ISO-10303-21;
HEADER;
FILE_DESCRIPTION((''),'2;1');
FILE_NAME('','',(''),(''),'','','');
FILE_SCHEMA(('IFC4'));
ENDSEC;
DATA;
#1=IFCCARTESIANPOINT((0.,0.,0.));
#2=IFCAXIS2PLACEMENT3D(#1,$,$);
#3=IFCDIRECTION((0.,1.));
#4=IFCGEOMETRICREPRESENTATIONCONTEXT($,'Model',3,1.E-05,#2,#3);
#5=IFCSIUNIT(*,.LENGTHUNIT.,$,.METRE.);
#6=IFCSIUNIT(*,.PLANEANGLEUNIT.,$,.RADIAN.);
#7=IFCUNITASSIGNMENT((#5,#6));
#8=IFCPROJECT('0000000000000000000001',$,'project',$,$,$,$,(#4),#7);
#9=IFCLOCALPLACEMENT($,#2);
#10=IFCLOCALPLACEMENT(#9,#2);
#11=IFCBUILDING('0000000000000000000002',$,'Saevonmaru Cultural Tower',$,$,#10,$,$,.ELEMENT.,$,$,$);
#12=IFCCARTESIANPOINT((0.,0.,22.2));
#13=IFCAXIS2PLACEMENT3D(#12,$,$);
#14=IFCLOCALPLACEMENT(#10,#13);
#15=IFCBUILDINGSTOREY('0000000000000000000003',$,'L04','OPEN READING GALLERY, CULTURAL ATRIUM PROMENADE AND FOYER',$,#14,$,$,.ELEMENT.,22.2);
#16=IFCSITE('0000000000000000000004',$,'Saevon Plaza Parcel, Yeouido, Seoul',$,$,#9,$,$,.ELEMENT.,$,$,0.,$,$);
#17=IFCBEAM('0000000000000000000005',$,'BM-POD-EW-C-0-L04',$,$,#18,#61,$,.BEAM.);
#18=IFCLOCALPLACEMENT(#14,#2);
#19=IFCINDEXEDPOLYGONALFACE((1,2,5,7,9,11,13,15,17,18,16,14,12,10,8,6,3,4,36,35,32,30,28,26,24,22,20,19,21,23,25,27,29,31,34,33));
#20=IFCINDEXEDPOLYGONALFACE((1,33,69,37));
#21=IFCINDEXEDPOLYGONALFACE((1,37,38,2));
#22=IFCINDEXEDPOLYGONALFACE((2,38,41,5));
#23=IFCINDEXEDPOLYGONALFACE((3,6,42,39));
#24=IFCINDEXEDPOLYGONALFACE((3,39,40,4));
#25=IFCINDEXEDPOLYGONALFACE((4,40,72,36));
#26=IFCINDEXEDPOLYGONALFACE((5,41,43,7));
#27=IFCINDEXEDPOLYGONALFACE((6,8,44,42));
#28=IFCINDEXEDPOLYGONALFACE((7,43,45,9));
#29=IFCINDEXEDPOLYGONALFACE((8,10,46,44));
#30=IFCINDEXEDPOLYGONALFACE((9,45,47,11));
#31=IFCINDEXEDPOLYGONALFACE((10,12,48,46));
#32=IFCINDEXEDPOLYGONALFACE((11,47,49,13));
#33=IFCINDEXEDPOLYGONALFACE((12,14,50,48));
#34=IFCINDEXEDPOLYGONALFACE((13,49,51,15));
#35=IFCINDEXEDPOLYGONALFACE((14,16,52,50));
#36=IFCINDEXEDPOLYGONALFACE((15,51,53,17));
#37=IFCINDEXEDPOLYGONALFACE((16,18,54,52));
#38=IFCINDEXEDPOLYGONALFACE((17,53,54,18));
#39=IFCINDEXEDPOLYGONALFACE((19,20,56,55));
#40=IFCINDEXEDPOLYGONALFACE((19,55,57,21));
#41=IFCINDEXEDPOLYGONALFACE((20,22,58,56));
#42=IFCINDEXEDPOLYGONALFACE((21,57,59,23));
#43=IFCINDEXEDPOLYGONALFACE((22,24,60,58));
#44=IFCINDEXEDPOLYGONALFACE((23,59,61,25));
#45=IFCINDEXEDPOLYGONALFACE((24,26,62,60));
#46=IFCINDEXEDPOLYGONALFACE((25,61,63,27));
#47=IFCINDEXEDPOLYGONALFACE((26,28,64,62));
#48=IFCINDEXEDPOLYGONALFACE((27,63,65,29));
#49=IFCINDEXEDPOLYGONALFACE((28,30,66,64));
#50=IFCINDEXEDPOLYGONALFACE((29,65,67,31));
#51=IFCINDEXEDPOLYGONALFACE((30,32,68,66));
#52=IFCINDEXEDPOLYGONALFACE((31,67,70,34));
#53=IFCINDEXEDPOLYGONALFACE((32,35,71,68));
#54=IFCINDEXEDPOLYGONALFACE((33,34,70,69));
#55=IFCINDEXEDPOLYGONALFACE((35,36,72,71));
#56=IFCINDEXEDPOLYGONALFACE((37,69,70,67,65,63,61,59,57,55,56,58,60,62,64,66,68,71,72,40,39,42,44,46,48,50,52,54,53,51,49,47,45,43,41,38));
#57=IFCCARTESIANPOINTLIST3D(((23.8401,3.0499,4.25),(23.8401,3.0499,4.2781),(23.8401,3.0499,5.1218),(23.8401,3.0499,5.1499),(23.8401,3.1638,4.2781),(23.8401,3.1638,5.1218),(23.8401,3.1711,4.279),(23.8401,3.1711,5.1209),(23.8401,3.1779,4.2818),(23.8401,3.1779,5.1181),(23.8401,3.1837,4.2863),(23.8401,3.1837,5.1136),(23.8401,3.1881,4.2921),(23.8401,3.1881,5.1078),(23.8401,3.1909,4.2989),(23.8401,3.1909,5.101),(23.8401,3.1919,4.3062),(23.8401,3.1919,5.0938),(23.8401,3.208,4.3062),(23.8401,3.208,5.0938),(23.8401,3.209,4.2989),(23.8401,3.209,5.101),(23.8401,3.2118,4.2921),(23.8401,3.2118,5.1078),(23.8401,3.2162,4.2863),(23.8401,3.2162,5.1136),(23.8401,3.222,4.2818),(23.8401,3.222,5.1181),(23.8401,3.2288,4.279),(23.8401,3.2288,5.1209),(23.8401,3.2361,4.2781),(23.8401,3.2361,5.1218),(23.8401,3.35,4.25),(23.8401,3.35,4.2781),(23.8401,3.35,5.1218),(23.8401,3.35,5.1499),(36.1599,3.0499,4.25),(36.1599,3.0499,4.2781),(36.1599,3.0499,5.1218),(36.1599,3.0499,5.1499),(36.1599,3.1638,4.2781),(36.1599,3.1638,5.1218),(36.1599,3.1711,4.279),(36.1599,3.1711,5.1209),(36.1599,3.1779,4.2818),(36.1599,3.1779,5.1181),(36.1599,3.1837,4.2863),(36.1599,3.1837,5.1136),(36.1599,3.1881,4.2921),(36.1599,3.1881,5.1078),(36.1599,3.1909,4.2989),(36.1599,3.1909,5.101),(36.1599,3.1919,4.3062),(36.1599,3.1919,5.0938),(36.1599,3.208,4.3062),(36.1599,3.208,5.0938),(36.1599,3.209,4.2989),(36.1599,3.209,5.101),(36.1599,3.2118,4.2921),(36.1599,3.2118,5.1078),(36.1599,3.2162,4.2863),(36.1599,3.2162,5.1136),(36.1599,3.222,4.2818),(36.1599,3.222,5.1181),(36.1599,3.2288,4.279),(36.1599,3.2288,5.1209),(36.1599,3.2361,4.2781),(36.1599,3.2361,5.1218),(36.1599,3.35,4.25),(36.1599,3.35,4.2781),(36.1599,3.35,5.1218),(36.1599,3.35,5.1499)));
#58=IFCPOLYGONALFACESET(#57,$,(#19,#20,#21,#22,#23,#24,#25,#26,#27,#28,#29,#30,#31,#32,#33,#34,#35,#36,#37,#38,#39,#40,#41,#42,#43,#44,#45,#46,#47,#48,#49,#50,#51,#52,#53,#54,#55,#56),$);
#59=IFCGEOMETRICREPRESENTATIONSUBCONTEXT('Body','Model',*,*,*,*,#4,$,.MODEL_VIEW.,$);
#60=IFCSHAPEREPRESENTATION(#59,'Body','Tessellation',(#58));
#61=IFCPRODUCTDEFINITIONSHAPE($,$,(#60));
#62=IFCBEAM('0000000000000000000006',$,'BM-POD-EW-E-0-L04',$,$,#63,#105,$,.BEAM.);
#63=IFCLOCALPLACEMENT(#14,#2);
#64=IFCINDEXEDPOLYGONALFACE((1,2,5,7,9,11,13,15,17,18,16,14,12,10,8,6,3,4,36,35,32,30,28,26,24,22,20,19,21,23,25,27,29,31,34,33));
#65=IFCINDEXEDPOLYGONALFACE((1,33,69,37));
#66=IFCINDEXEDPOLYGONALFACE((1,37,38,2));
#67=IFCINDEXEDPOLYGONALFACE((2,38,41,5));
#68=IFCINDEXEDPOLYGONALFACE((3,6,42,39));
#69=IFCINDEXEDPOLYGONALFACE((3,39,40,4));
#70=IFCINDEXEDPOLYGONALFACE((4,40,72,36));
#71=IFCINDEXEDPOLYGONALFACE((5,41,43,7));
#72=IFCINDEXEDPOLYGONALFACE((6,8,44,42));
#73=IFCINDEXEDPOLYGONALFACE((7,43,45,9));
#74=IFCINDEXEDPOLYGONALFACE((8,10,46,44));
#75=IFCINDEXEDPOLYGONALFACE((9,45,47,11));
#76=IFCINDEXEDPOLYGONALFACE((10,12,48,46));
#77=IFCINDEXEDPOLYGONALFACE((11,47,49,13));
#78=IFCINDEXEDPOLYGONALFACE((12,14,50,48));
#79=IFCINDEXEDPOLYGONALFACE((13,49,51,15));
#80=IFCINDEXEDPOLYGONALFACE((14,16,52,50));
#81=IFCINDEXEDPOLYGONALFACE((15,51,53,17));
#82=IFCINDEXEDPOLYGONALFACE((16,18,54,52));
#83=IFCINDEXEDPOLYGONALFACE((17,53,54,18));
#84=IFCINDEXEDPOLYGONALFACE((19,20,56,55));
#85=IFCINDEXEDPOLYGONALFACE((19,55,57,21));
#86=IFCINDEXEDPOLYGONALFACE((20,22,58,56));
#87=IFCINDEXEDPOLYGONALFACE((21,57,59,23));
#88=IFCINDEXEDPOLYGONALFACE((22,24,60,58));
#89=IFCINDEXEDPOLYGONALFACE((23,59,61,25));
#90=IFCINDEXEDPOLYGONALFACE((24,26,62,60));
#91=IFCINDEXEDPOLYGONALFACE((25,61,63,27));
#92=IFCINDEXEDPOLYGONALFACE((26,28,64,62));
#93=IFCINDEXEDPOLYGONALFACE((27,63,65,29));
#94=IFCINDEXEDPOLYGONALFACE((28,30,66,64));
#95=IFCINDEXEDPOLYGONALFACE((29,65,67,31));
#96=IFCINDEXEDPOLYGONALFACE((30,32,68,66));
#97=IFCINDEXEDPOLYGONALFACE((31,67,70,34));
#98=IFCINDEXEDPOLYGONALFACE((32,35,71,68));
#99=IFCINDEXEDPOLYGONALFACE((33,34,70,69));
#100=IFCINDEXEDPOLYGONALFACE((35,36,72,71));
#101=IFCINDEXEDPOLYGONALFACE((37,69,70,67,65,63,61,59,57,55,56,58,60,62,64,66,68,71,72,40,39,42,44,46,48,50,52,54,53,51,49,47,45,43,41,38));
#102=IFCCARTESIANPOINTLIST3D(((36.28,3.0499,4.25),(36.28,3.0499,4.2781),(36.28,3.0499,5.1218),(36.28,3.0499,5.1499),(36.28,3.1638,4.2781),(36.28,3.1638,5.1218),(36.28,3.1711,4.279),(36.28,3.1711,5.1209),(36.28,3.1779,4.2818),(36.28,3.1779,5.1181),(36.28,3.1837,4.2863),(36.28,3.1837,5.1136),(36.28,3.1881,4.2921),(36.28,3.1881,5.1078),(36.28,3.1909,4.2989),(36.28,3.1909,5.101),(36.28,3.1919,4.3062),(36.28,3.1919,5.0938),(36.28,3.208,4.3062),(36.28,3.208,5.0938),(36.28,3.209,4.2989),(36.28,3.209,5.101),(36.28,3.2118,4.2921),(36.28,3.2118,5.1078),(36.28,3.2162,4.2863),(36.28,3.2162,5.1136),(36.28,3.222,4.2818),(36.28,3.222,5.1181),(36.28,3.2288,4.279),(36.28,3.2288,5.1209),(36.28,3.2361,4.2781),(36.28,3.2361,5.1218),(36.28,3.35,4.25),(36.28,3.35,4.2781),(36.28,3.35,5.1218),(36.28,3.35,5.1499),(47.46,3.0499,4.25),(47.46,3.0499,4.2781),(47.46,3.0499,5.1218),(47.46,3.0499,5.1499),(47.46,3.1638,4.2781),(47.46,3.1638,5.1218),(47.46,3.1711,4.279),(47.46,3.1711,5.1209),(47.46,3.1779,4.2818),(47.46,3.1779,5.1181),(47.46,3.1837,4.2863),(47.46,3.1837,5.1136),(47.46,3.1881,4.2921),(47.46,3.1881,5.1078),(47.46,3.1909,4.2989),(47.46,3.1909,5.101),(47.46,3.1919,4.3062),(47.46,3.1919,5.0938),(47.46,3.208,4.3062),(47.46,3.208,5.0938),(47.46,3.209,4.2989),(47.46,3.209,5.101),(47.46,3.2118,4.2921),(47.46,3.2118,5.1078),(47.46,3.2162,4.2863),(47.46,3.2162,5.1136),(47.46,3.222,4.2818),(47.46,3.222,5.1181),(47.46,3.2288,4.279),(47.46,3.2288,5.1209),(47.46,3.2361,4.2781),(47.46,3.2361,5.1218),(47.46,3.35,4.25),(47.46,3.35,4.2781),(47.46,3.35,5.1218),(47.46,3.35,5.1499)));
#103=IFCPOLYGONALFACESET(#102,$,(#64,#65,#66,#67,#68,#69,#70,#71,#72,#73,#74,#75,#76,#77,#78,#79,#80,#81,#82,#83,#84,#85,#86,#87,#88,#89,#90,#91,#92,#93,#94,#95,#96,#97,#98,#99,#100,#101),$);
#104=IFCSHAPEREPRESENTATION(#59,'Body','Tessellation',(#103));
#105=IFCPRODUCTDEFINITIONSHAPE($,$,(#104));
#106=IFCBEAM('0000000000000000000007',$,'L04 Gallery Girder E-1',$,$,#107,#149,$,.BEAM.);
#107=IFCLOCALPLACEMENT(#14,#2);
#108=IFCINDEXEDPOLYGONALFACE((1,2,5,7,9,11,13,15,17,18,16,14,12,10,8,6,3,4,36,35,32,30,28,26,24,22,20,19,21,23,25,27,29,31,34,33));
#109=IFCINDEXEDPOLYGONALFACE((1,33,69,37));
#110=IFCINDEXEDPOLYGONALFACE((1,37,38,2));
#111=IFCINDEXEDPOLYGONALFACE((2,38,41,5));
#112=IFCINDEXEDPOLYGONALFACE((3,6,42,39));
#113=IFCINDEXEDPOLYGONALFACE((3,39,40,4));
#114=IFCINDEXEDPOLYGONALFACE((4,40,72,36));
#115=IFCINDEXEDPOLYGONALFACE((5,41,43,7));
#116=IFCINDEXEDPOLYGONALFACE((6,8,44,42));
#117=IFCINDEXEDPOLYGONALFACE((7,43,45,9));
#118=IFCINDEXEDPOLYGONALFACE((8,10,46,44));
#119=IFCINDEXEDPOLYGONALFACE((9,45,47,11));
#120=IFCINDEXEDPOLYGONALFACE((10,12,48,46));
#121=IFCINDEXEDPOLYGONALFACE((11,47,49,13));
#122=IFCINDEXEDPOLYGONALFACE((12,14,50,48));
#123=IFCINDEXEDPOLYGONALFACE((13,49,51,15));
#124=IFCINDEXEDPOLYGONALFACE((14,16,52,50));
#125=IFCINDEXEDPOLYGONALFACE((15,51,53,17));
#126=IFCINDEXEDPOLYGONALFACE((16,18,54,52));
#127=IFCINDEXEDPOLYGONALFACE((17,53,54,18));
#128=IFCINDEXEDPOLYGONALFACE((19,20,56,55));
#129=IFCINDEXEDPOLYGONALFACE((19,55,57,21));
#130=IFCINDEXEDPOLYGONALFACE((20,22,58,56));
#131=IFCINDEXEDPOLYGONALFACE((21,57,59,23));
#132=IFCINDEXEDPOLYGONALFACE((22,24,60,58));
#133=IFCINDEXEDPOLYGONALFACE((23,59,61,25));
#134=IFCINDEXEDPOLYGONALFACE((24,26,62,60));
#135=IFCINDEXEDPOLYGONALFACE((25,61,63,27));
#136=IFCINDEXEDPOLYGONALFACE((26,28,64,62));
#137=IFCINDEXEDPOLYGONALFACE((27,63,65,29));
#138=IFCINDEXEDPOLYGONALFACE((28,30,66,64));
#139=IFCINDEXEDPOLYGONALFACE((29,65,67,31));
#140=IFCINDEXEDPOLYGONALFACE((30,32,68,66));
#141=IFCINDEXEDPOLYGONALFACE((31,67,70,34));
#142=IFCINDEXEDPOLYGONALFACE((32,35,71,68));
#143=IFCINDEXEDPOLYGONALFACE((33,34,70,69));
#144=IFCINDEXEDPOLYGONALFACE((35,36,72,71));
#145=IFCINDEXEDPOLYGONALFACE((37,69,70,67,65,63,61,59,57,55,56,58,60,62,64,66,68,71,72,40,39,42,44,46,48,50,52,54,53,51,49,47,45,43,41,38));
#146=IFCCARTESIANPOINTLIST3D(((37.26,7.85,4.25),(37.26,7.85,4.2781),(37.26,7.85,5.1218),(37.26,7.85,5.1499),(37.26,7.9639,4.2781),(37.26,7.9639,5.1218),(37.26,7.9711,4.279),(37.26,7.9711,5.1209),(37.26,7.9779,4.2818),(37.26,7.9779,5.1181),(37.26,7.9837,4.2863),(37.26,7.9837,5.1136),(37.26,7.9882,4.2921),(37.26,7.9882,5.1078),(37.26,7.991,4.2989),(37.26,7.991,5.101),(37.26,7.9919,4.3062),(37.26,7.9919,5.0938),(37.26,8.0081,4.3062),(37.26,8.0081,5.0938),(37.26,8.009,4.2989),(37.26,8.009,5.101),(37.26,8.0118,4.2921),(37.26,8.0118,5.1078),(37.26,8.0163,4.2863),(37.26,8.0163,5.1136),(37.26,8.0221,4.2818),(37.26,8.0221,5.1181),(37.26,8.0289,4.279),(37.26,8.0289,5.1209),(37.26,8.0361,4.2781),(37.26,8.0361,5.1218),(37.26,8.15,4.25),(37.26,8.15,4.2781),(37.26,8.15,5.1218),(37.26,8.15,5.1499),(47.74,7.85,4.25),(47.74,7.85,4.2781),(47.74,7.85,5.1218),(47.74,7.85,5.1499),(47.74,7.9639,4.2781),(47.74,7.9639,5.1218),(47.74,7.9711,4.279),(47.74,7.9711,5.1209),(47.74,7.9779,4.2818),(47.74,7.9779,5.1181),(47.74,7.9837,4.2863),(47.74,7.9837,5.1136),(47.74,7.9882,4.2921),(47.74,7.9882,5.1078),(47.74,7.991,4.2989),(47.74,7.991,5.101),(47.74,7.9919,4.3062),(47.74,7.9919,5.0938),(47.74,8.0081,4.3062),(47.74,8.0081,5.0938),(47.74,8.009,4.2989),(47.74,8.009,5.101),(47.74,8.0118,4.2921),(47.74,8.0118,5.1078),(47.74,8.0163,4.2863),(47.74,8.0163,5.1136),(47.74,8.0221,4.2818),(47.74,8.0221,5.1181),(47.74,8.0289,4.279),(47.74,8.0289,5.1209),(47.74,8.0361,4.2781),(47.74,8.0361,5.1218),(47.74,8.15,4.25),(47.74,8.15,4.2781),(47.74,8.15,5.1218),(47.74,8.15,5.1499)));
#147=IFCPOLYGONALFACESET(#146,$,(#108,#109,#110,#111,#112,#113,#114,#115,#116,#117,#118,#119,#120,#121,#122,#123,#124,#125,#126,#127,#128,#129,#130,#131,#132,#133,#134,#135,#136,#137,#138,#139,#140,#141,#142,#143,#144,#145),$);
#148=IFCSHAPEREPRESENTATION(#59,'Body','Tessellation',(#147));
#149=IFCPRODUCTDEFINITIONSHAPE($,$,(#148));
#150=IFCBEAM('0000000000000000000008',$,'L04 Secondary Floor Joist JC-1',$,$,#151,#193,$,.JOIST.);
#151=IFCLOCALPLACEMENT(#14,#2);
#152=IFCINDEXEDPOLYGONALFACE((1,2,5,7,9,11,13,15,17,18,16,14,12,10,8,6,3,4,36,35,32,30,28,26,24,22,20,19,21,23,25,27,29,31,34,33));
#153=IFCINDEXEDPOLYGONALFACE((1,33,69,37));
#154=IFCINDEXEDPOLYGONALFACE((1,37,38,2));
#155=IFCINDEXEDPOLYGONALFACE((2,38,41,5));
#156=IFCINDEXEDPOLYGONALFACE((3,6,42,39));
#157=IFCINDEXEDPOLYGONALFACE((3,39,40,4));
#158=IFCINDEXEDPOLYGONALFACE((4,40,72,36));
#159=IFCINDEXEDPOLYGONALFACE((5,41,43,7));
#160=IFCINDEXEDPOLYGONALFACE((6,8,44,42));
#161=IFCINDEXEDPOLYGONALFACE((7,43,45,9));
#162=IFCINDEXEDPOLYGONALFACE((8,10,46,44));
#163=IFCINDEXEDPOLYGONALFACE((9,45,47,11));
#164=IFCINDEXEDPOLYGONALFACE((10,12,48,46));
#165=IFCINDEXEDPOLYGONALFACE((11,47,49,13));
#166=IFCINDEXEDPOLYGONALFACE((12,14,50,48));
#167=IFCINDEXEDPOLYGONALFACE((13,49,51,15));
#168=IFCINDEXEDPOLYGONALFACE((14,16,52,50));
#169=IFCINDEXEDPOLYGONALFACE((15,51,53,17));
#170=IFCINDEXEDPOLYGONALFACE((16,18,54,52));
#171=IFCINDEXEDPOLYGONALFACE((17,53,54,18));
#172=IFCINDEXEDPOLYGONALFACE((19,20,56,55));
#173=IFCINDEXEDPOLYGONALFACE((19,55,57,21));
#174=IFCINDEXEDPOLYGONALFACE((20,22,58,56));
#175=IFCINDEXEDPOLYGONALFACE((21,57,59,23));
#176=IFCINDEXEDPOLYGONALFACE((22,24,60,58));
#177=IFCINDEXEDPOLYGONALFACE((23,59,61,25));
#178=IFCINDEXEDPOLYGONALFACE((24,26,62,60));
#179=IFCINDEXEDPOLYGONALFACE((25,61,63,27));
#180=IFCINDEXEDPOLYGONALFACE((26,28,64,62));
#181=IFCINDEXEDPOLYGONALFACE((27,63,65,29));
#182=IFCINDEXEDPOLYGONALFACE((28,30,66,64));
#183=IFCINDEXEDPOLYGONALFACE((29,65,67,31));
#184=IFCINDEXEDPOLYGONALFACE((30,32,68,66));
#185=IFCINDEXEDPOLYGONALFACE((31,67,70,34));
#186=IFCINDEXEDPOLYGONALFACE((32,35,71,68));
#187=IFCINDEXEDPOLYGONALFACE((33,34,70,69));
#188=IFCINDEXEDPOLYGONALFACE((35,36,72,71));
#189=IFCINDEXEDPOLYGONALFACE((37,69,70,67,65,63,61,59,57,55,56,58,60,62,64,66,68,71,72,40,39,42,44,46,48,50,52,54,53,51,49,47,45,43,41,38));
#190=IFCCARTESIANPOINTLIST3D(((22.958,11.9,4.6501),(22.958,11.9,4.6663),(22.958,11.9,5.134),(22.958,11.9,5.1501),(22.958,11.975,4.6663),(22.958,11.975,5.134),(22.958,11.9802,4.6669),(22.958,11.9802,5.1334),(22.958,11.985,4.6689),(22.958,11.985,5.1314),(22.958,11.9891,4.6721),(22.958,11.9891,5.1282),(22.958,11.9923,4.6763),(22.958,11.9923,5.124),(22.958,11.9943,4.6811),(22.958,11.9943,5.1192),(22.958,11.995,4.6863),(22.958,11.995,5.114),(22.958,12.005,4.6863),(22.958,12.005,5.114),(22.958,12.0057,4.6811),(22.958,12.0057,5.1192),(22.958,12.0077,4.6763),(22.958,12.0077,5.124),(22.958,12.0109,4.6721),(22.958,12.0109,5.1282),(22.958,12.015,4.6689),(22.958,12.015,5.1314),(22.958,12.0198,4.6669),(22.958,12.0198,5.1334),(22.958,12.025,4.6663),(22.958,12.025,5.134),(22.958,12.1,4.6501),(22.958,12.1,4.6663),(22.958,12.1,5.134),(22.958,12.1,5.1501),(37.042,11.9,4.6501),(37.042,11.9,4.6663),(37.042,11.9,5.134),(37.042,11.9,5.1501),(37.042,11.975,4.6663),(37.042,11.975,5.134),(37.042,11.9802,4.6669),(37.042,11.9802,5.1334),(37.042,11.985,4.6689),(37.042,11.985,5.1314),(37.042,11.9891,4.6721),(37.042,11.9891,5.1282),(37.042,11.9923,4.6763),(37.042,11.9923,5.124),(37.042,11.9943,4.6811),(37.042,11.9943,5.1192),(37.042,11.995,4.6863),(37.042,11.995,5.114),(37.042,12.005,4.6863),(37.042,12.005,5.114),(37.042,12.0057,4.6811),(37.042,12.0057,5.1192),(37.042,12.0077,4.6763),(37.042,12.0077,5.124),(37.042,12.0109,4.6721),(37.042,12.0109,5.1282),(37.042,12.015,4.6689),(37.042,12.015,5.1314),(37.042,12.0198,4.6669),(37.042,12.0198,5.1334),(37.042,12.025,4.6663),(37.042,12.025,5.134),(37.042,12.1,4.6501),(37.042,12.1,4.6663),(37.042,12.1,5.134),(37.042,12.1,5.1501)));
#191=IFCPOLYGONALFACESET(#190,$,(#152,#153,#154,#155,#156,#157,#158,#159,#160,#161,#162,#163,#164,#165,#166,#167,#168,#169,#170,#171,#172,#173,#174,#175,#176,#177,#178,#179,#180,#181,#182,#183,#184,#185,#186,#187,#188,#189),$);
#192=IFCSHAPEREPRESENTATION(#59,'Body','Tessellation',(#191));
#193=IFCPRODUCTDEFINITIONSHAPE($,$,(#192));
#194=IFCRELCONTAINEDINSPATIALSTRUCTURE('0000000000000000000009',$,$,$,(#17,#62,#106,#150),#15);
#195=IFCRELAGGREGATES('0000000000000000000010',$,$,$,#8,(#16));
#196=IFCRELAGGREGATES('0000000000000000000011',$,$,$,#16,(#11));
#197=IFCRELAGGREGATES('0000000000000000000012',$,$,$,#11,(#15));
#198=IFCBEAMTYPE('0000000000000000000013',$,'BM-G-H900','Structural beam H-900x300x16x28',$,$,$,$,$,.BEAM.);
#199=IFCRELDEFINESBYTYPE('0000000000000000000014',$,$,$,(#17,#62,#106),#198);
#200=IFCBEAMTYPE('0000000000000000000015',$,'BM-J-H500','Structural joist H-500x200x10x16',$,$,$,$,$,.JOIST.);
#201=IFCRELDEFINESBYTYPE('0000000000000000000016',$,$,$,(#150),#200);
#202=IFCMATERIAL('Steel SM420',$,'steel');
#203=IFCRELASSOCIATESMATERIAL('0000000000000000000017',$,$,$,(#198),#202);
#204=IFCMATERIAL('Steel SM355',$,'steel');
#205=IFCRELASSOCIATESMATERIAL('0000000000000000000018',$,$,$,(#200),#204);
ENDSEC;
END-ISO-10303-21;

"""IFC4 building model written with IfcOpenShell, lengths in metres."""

from ifc_helpers import new_model, si_unit, direction, frame, origin, origin_2d, place, context, subcontext, project, spatial, i_section, extrude, material, material_profile, profile_set, type_object, element, save


model = new_model("IFC4")

# Units and contexts
model_context = context("Model", 3, precision=1e-05, world=origin(), true_north=direction((0.0, 1.0)))
body_context = subcontext(model_context, "Body", "Model", "MODEL_VIEW")
ifc_project = project(units=[si_unit("LENGTHUNIT", "METRE"), si_unit("PLANEANGLEUNIT", "RADIAN")], contexts=[model_context])

# Site, building, storey
site_placement = place(None, origin())
site = spatial("IfcSite", under=ifc_project, at=site_placement, Name="Saevon Plaza Parcel, Yeouido, Seoul", CompositionType="ELEMENT", RefElevation=0.0)
building_placement = place(site_placement, origin())
building = spatial("IfcBuilding", under=site, at=building_placement, Name="Saevonmaru Cultural Tower", CompositionType="ELEMENT")
storey_placement = place(building_placement, frame((0.0, 0.0, 22.2)))
storey = spatial("IfcBuildingStorey", under=building, at=storey_placement, Name="L04", Description="OPEN READING GALLERY, CULTURAL ATRIUM PROMENADE AND FOYER", CompositionType="ELEMENT", Elevation=22.2)

# Shared definitions
ifc_material_1 = material(Name="Steel SM420", Category="steel")

# Beams
ifc_material_profile_1 = material_profile(ifc_material_1, i_section(OverallWidth=0.3, OverallDepth=0.8999, WebThickness=0.0161, FlangeThickness=0.0281, FilletRadius=0.0281, at=origin_2d()), Name="H-900x300x16x28")
ifc_profile_set_1 = profile_set([ifc_material_profile_1], Name="Steel SM420")
beam_type_1 = type_object("IfcBeamType", Name="BM-G-H900", Description="Structural beam H-900x300x16x28", PredefinedType="BEAM", material=ifc_profile_set_1)
beam_1_placement = place(storey_placement, frame((23.8401, 3.2, 4.7), z_axis=(1.0, 0.0, 0.0), x_axis=(0.0, 1.0, 0.0)))
element("IfcBeam", 1, at=beam_1_placement, inside=storey, type_object=beam_type_1, Name="BM-POD-EW-C-0-L04", PredefinedType="BEAM", context=body_context, shape_type="SweptSolid", body=[
    extrude(i_section(OverallWidth=0.3, OverallDepth=0.8999, WebThickness=0.0161, FlangeThickness=0.0281, FilletRadius=0.0281, at=origin_2d()), origin(), (0.0, 0.0, 1.0), 12.3198),
])
beam_2_placement = place(storey_placement, frame((36.28, 3.2, 4.7), z_axis=(1.0, 0.0, 0.0), x_axis=(0.0, 1.0, 0.0)))
element("IfcBeam", 2, at=beam_2_placement, inside=storey, type_object=beam_type_1, Name="BM-POD-EW-E-0-L04", PredefinedType="BEAM", context=body_context, shape_type="SweptSolid", body=[
    extrude(i_section(OverallWidth=0.3, OverallDepth=0.8999, WebThickness=0.0161, FlangeThickness=0.0281, FilletRadius=0.0281, at=origin_2d()), origin(), (0.0, 0.0, 1.0), 11.1799),
])
beam_3_placement = place(storey_placement, frame((37.26, 8.0, 4.7), z_axis=(1.0, 0.0, 0.0), x_axis=(0.0, 1.0, 0.0)))
element("IfcBeam", 3, at=beam_3_placement, inside=storey, type_object=beam_type_1, Name="L04 Gallery Girder E-1", PredefinedType="BEAM", context=body_context, shape_type="SweptSolid", body=[
    extrude(i_section(OverallWidth=0.3, OverallDepth=0.8999, WebThickness=0.0161, FlangeThickness=0.0281, FilletRadius=0.0281, at=origin_2d()), origin(), (0.0, 0.0, 1.0), 10.48),
])
ifc_material_2 = material(Name="Steel SM355", Category="steel")
ifc_material_profile_2 = material_profile(ifc_material_2, i_section(OverallWidth=0.2, OverallDepth=0.5, WebThickness=0.01, FlangeThickness=0.0161, FilletRadius=0.02, at=origin_2d()), Name="H-500x200x10x16")
ifc_profile_set_2 = profile_set([ifc_material_profile_2], Name="Steel SM355")
beam_type_2 = type_object("IfcBeamType", Name="BM-J-H500", Description="Structural joist H-500x200x10x16", PredefinedType="JOIST", material=ifc_profile_set_2)
beam_4_placement = place(storey_placement, frame((22.958, 12.0, 4.9001), z_axis=(1.0, 0.0, 0.0), x_axis=(0.0, 1.0, 0.0)))
element("IfcBeam", 4, at=beam_4_placement, inside=storey, type_object=beam_type_2, Name="L04 Secondary Floor Joist JC-1", PredefinedType="JOIST", context=body_context, shape_type="SweptSolid", body=[
    extrude(i_section(OverallWidth=0.2, OverallDepth=0.5, WebThickness=0.01, FlangeThickness=0.0161, FilletRadius=0.02, at=origin_2d()), origin(), (0.0, 0.0, 1.0), 14.084),
])

save(model, "model.ifc")
